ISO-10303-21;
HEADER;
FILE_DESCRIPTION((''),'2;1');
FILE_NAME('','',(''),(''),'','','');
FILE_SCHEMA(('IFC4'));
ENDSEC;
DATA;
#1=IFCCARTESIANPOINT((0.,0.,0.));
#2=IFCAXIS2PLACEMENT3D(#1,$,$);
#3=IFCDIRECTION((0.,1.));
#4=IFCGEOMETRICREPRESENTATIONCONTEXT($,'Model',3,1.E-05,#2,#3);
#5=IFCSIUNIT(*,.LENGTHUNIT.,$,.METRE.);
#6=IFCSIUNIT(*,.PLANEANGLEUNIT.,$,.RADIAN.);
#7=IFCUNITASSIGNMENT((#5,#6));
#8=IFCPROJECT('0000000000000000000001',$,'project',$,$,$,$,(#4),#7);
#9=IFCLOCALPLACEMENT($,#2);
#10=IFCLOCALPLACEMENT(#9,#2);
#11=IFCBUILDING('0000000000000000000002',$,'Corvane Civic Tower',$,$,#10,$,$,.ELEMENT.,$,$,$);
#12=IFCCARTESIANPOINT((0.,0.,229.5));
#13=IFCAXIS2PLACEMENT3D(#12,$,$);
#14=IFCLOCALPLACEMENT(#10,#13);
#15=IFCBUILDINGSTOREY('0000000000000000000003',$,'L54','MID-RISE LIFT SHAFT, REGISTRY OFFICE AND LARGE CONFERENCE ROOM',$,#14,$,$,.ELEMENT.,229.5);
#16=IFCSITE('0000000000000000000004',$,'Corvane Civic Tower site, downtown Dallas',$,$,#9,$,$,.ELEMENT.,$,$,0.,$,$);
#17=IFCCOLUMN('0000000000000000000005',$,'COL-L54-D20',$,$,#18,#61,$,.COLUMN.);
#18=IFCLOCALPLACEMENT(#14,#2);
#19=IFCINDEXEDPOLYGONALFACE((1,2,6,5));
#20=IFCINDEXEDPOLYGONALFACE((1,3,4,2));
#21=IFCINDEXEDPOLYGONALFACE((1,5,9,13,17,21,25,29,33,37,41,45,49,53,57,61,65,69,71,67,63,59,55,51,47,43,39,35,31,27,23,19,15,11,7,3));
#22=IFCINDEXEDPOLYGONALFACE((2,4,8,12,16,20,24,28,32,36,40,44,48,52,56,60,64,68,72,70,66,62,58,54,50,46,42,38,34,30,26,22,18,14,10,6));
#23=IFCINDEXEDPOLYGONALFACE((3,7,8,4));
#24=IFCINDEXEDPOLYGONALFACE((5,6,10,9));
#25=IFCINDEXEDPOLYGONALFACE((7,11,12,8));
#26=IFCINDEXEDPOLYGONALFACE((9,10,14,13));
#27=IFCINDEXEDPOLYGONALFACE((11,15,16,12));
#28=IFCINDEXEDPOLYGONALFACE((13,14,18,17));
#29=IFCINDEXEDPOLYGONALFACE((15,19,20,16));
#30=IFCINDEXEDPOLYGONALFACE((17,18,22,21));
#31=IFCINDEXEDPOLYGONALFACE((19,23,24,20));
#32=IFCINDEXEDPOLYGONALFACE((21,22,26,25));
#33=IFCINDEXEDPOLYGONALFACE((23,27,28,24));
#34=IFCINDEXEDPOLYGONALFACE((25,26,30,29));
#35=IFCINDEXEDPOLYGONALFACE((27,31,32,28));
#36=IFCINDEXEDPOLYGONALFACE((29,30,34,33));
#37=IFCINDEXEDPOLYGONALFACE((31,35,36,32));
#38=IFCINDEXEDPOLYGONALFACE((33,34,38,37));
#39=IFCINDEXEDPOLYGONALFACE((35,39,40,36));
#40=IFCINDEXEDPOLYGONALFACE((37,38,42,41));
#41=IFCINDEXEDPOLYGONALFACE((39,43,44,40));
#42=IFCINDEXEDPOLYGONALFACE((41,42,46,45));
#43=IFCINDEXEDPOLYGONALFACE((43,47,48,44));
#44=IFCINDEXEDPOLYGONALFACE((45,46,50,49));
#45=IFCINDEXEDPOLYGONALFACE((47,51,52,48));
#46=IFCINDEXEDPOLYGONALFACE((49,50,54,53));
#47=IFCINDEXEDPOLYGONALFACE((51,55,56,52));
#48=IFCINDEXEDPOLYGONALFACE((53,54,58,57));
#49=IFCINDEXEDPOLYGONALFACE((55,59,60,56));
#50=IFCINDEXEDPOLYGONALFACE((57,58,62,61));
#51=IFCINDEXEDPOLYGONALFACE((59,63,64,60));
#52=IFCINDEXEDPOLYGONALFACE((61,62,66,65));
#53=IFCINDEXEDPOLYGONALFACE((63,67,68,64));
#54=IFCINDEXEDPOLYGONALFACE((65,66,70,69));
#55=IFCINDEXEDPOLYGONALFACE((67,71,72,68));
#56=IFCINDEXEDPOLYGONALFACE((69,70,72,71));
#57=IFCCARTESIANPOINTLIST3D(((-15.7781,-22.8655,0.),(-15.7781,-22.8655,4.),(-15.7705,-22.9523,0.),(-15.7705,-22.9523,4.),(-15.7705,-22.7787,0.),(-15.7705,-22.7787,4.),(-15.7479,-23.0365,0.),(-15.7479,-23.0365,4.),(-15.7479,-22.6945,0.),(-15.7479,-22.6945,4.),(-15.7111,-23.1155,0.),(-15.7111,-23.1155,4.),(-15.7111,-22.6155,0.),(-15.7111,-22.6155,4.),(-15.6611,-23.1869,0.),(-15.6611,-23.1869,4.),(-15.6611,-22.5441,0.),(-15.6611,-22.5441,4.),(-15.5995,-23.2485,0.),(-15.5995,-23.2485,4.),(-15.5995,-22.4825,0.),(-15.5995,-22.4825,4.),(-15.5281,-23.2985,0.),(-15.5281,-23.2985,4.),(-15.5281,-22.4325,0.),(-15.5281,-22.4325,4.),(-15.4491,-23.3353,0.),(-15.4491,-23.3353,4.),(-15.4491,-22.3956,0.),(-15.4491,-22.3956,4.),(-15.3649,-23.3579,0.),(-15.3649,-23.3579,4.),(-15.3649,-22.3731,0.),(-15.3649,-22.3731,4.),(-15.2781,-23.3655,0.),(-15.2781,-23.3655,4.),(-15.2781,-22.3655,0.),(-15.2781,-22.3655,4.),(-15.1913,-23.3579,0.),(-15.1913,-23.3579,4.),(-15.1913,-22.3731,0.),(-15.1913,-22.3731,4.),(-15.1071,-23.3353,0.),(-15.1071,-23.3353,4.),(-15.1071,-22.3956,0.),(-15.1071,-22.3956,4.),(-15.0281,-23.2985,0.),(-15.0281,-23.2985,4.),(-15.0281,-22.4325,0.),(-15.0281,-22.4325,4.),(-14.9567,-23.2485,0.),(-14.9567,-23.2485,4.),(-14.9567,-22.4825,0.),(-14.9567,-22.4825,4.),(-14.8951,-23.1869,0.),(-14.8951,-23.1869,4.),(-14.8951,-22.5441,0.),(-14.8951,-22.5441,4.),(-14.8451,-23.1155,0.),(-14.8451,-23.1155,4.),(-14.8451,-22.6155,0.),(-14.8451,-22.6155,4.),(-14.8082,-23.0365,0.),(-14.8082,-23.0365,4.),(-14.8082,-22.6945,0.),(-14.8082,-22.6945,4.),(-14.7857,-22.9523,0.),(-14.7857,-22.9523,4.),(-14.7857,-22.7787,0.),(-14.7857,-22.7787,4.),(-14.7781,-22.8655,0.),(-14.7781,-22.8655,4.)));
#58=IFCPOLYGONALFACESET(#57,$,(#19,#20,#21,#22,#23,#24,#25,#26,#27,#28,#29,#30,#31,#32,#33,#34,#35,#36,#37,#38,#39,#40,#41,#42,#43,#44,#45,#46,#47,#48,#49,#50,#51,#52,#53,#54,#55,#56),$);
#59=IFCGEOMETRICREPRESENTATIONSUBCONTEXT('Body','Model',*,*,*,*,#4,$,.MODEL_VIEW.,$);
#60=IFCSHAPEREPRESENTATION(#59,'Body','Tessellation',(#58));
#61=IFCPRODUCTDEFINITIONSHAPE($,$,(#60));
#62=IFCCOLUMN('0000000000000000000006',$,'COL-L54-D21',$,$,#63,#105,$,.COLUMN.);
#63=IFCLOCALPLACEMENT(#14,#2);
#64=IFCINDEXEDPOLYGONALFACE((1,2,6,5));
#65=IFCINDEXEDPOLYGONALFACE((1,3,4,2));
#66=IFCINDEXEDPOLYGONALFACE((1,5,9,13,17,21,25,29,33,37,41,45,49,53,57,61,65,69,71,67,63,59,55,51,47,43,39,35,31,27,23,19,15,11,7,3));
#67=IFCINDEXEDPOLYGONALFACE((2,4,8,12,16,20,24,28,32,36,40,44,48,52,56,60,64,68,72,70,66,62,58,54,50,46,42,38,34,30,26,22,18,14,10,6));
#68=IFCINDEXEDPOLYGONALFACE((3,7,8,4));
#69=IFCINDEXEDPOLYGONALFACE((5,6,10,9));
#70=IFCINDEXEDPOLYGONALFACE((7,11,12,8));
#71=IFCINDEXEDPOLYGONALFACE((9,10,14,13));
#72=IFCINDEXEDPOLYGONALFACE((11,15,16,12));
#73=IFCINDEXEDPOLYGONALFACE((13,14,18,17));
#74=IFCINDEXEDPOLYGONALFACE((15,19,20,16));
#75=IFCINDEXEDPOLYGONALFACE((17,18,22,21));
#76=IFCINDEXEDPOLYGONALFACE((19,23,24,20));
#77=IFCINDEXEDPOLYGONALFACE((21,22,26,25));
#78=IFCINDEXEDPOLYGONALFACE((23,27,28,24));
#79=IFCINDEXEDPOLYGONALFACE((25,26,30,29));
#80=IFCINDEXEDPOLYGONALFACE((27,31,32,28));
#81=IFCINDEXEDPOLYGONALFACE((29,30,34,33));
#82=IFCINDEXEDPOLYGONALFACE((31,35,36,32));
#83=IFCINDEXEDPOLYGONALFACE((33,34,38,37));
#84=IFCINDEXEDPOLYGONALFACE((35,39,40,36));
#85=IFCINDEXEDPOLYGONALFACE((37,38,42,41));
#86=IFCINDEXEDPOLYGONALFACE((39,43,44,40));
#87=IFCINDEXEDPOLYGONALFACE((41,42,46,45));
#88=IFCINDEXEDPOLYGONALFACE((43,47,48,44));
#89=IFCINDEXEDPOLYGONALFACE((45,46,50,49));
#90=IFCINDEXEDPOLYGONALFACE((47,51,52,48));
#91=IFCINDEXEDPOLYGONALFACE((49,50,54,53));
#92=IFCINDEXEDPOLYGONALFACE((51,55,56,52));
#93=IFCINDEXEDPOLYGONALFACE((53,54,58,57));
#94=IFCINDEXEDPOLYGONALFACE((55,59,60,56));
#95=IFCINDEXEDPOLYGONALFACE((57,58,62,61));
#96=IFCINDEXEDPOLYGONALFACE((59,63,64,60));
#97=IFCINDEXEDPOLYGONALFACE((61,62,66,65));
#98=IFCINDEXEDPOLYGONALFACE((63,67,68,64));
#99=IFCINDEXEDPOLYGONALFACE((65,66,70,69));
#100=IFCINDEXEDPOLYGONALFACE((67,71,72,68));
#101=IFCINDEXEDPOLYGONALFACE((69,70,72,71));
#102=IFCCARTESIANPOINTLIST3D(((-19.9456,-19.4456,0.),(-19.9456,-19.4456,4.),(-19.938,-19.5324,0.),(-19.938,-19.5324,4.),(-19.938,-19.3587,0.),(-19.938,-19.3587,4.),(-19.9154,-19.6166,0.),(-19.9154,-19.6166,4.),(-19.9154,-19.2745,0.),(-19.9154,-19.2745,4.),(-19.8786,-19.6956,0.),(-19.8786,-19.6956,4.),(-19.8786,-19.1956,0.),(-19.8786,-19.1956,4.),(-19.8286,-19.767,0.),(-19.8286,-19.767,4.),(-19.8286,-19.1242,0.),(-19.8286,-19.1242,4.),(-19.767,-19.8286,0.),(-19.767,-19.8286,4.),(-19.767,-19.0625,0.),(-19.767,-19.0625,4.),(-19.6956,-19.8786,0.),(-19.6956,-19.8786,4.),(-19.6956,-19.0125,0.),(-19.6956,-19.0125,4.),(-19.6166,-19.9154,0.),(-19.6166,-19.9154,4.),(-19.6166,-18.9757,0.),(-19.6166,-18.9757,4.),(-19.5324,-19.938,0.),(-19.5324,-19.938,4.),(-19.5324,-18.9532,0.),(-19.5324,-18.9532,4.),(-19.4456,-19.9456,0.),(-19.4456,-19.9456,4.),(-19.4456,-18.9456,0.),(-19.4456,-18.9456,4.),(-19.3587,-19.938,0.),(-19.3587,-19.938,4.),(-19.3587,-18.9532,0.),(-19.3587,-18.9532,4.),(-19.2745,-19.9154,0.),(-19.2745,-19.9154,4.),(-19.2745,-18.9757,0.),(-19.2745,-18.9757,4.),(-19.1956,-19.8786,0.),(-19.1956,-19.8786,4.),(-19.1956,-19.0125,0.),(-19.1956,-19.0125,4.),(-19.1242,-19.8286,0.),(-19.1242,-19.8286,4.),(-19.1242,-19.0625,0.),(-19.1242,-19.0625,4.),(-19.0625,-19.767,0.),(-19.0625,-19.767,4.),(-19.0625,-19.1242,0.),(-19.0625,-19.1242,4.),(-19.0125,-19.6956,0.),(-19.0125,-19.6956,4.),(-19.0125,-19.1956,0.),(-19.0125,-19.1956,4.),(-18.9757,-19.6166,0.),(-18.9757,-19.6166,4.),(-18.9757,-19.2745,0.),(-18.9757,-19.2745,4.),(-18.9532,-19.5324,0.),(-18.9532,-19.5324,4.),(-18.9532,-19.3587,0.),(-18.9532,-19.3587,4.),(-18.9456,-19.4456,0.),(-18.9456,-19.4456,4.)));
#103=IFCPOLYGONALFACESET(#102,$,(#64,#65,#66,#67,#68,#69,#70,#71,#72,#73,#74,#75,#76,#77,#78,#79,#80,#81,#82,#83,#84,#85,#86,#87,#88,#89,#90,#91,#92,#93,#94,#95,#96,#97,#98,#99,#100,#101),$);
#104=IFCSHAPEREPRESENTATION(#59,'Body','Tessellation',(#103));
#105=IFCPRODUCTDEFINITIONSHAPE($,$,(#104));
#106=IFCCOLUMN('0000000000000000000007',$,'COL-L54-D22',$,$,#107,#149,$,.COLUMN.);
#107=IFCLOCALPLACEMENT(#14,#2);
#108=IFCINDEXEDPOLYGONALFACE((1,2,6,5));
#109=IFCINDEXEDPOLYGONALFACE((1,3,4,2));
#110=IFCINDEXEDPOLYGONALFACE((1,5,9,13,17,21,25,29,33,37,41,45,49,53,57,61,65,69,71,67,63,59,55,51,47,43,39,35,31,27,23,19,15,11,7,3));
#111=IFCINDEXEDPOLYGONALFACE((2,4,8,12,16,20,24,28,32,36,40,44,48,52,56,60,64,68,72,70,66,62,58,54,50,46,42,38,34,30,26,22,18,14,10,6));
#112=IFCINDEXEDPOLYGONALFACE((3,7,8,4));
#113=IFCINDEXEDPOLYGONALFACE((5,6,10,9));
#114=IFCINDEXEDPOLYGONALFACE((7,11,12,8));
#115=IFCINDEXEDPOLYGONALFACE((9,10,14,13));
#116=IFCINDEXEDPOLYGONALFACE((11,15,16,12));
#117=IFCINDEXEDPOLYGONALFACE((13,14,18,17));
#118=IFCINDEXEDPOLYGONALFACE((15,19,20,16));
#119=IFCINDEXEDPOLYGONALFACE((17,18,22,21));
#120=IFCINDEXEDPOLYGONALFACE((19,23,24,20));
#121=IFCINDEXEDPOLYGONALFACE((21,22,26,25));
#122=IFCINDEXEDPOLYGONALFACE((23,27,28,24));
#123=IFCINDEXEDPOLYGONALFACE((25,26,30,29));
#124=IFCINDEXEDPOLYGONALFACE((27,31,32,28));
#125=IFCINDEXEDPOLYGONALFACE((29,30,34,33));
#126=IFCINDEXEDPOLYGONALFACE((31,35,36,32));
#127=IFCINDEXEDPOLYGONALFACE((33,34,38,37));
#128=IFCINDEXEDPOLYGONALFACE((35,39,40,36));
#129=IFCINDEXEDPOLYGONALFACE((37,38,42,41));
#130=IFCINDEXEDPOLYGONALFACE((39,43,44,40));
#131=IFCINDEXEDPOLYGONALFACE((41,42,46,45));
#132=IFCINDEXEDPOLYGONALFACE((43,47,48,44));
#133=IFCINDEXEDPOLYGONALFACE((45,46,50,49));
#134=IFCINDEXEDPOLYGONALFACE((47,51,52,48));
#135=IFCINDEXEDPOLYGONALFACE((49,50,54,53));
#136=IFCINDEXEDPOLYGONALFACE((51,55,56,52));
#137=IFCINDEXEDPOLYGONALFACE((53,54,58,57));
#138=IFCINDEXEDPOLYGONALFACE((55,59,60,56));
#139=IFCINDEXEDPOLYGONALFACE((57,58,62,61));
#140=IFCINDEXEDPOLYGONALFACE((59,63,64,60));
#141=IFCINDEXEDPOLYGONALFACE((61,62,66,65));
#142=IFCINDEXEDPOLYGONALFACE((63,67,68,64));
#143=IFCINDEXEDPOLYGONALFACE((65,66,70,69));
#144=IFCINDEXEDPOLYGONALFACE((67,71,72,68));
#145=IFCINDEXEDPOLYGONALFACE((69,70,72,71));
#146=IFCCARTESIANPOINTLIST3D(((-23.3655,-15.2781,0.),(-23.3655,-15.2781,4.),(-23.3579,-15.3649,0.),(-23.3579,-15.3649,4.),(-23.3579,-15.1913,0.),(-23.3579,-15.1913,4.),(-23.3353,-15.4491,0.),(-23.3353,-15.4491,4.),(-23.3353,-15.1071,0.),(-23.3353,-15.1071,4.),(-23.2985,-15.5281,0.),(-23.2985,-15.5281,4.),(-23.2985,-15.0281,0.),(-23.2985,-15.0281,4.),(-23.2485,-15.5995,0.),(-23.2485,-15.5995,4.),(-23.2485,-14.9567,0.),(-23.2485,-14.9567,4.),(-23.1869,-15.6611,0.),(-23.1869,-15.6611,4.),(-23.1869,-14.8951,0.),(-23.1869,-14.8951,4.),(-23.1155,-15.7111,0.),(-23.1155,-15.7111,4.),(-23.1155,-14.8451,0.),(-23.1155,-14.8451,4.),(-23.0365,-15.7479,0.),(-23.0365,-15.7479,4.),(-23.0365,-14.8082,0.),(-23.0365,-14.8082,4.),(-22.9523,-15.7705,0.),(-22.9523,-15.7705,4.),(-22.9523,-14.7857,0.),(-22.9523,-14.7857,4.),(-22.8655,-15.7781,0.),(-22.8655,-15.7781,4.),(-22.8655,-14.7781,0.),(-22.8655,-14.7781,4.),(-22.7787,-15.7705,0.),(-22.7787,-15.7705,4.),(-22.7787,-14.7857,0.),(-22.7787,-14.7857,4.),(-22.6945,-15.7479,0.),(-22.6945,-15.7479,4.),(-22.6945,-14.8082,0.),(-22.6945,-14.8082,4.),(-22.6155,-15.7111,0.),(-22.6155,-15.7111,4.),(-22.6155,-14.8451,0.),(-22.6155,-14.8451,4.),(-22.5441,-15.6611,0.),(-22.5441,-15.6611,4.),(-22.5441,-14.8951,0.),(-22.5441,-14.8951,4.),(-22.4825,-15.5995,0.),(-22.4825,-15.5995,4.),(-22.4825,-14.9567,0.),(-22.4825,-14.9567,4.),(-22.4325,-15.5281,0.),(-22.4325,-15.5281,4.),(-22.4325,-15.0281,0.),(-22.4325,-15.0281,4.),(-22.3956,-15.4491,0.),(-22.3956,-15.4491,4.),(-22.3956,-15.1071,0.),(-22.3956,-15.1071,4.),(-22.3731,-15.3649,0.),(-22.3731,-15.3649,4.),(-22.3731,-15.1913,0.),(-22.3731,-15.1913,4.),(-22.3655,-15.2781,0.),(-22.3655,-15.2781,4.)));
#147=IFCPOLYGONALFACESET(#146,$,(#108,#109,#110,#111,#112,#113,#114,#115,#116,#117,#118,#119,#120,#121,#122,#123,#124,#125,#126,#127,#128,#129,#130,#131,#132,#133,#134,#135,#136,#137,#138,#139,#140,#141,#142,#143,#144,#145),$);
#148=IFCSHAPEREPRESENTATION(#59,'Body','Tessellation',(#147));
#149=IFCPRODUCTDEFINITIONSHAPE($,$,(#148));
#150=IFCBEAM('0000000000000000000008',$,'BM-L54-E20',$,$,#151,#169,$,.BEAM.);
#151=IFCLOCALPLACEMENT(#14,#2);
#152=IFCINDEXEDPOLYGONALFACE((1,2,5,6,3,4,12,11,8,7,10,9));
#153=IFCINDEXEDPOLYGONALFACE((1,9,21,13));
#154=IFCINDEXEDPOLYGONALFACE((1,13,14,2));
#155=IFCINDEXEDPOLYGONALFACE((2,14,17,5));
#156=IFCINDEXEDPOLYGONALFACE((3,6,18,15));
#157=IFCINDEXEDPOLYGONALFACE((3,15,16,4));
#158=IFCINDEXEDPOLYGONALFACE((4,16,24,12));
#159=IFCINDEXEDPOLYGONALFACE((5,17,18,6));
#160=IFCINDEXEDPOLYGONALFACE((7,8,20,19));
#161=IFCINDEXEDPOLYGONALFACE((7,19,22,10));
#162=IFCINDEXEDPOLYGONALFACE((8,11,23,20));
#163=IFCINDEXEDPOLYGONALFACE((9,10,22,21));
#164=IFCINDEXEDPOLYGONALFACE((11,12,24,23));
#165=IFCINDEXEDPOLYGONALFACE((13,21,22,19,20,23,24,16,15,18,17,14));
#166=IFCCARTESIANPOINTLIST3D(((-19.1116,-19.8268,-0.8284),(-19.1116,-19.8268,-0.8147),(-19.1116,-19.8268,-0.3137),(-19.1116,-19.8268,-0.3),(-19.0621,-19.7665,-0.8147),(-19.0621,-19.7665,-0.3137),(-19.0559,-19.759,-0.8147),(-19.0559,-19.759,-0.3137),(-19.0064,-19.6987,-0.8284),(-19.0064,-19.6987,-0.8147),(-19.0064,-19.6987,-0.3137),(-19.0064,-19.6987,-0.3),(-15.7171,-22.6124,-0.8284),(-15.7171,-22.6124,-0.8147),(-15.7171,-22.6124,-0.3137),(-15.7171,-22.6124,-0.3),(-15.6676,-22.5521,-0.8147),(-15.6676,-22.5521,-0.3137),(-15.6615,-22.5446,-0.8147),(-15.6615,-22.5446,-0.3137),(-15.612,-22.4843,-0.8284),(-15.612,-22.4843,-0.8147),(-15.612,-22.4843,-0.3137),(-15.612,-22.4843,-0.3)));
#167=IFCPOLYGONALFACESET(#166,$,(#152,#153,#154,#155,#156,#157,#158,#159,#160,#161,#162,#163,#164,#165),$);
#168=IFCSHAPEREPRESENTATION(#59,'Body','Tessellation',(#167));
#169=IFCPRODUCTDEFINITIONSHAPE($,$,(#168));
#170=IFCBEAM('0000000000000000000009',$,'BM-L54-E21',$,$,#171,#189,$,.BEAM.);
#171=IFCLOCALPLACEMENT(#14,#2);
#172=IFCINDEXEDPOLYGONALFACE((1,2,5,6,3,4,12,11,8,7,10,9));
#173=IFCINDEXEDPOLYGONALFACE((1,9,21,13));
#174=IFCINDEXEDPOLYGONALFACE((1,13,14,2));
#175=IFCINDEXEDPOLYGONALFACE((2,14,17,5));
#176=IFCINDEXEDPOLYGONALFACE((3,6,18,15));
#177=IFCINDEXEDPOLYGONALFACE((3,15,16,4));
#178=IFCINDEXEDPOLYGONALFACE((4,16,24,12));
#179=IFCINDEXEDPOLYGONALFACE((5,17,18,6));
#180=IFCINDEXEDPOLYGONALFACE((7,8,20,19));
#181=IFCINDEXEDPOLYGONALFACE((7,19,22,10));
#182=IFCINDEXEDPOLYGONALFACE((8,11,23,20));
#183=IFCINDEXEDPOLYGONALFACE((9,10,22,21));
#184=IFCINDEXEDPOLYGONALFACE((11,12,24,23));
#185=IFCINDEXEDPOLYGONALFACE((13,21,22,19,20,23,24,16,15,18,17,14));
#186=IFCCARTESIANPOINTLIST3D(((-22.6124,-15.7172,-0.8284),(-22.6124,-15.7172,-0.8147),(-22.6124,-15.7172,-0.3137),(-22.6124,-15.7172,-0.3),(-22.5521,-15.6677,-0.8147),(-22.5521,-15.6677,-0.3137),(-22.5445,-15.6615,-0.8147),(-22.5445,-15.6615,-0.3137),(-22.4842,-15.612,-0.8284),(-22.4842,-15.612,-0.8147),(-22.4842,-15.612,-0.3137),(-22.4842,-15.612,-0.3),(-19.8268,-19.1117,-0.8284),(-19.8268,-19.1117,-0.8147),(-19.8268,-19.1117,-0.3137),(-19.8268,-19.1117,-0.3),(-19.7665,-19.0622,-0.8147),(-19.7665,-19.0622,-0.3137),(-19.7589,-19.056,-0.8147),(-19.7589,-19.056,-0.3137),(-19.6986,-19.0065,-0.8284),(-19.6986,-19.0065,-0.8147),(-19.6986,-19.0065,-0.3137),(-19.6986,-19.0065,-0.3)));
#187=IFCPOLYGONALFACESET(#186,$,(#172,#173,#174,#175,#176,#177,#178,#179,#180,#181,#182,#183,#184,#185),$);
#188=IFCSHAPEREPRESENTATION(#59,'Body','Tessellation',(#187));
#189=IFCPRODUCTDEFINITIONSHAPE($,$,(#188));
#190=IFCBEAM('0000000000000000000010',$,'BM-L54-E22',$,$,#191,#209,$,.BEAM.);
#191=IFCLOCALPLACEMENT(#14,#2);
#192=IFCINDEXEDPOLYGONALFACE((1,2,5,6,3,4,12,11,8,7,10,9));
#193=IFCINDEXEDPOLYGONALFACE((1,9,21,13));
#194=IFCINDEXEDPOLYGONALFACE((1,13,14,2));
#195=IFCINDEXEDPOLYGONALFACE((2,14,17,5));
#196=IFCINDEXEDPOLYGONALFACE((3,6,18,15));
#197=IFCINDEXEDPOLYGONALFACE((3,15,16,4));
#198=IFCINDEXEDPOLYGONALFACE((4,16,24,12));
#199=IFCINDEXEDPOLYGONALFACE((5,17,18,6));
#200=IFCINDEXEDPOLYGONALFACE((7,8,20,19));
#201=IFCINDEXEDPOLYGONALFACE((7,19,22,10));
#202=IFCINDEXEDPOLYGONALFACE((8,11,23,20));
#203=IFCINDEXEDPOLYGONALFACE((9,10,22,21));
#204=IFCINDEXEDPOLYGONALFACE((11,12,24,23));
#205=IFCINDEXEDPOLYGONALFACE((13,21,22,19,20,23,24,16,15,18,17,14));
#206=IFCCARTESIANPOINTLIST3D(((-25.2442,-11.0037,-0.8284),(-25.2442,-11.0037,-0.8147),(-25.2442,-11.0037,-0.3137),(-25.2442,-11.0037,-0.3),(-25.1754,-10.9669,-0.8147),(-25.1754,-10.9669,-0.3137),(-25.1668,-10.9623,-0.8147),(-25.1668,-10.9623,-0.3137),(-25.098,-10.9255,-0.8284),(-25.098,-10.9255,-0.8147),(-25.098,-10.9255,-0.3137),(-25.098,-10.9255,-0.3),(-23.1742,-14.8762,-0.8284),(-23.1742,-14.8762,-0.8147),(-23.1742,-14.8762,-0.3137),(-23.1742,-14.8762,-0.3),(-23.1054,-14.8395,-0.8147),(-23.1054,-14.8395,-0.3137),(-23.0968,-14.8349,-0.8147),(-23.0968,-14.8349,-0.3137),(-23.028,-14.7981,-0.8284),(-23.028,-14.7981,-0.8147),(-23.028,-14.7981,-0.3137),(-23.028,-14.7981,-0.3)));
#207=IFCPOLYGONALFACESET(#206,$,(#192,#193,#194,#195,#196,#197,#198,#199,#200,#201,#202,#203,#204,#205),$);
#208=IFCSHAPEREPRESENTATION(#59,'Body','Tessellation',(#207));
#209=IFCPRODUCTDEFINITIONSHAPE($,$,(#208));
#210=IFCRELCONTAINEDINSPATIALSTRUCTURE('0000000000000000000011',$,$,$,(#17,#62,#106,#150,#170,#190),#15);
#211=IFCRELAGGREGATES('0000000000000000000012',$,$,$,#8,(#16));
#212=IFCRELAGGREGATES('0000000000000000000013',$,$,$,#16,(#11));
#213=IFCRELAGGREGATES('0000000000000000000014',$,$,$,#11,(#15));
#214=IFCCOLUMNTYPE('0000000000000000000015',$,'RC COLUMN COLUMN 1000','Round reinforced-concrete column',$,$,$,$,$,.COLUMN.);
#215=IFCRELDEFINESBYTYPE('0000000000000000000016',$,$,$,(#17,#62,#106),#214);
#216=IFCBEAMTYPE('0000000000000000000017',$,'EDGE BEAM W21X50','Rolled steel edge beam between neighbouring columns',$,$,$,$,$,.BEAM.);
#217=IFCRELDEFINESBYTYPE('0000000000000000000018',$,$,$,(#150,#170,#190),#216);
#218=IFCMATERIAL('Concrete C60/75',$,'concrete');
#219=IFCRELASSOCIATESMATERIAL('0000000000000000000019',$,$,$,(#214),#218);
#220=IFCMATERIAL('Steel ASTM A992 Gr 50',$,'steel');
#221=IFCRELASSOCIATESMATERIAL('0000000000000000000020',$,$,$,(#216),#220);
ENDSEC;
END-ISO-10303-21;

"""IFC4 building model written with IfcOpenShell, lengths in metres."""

from ifc_helpers import new_model, si_unit, direction, frame, origin, origin_2d, place, context, subcontext, project, spatial, circle, i_section, extrude, material, material_profile, profile_set, type_object, element, save


model = new_model("IFC4")

# Units and contexts
model_context = context("Model", 3, precision=1e-05, world=origin(), true_north=direction((0.0, 1.0)))
body_context = subcontext(model_context, "Body", "Model", "MODEL_VIEW")
ifc_project = project(units=[si_unit("LENGTHUNIT", "METRE"), si_unit("PLANEANGLEUNIT", "RADIAN")], contexts=[model_context])

# Site, building, storey
site_placement = place(None, origin())
site = spatial("IfcSite", under=ifc_project, at=site_placement, Name="Corvane Civic Tower site, downtown Dallas", CompositionType="ELEMENT", RefElevation=0.0)
building_placement = place(site_placement, origin())
building = spatial("IfcBuilding", under=site, at=building_placement, Name="Corvane Civic Tower", CompositionType="ELEMENT")
storey_placement = place(building_placement, frame((0.0, 0.0, 229.5)))
storey = spatial("IfcBuildingStorey", under=building, at=storey_placement, Name="L54", Description="MID-RISE LIFT SHAFT, REGISTRY OFFICE AND LARGE CONFERENCE ROOM", CompositionType="ELEMENT", Elevation=229.5)

# Columns
ifc_material_1 = material(Name="Concrete C60/75", Category="concrete")
ifc_material_profile_1 = material_profile(ifc_material_1, circle(Radius=0.5, at=origin_2d()), Name="COLUMN 1000")
ifc_profile_set_1 = profile_set([ifc_material_profile_1], Name="Concrete C60/75")
column_type = type_object("IfcColumnType", Name="RC COLUMN COLUMN 1000", Description="Round reinforced-concrete column", PredefinedType="COLUMN", material=ifc_profile_set_1)
for number, where, z_axis, x_axis, name in (
    (1, (-15.2781, -22.8655, 0.0), (0.0, 0.0, 1.0), (1.0, 0.0, 0.0), "COL-L54-D20"),
    (2, (-19.4456, -19.4456, 0.0), (0.0, 0.0, 1.0), (1.0, 0.0, 0.0), "COL-L54-D21"),
    (3, (-22.8655, -15.2781, 0.0), (0.0, 0.0, 1.0), (1.0, 0.0, 0.0), "COL-L54-D22"),
):
    element("IfcColumn", number, at=place(storey_placement, frame(where, z_axis=z_axis, x_axis=x_axis)), inside=storey, type_object=column_type, Name=name, PredefinedType="COLUMN", context=body_context, shape_type="SweptSolid", body=[
        extrude(circle(Radius=0.5, at=origin_2d()), origin(), (0.0, 0.0, 1.0), 4.0),
    ])

# Beams
ifc_material_2 = material(Name="Steel ASTM A992 Gr 50", Category="steel")
ifc_material_profile_2 = material_profile(ifc_material_2, i_section(OverallWidth=0.1658, OverallDepth=0.5283, WebThickness=0.0098, FlangeThickness=0.0137, at=origin_2d()), Name="W21X50")
ifc_profile_set_2 = profile_set([ifc_material_profile_2], Name="Steel ASTM A992 Gr 50")
beam_type_1 = type_object("IfcBeamType", Name="EDGE BEAM W21X50", Description="Rolled steel edge beam between neighbouring columns", PredefinedType="BEAM", material=ifc_profile_set_2)
for number, where, z_axis, x_axis, name in (
    (4, (-15.6646, -22.5483, -0.5642), (-0.77303, 0.634369, 0.0), (-0.634369, -0.77303, 0.0), "BM-L54-E20"),
    (5, (-19.7627, -19.0591, -0.5642), (-0.634369, 0.77303, 0.0), (-0.77303, -0.634369, 0.0), "BM-L54-E21"),
    (6, (-23.1011, -14.8372, -0.5642), (-0.471422, 0.881908, 0.0), (-0.881908, -0.471422, 0.0), "BM-L54-E22"),
):
    element("IfcBeam", number, at=place(storey_placement, frame(where, z_axis=z_axis, x_axis=x_axis)), inside=storey, type_object=beam_type_1, Name=name, PredefinedType="BEAM", context=body_context, shape_type="SweptSolid", body=[
        extrude(i_section(OverallWidth=0.1658, OverallDepth=0.5283, WebThickness=0.0098, FlangeThickness=0.0137, at=origin_2d()), origin(), (0.0, 0.0, 1.0), 4.3911),
    ])

save(model, "model.ifc")
